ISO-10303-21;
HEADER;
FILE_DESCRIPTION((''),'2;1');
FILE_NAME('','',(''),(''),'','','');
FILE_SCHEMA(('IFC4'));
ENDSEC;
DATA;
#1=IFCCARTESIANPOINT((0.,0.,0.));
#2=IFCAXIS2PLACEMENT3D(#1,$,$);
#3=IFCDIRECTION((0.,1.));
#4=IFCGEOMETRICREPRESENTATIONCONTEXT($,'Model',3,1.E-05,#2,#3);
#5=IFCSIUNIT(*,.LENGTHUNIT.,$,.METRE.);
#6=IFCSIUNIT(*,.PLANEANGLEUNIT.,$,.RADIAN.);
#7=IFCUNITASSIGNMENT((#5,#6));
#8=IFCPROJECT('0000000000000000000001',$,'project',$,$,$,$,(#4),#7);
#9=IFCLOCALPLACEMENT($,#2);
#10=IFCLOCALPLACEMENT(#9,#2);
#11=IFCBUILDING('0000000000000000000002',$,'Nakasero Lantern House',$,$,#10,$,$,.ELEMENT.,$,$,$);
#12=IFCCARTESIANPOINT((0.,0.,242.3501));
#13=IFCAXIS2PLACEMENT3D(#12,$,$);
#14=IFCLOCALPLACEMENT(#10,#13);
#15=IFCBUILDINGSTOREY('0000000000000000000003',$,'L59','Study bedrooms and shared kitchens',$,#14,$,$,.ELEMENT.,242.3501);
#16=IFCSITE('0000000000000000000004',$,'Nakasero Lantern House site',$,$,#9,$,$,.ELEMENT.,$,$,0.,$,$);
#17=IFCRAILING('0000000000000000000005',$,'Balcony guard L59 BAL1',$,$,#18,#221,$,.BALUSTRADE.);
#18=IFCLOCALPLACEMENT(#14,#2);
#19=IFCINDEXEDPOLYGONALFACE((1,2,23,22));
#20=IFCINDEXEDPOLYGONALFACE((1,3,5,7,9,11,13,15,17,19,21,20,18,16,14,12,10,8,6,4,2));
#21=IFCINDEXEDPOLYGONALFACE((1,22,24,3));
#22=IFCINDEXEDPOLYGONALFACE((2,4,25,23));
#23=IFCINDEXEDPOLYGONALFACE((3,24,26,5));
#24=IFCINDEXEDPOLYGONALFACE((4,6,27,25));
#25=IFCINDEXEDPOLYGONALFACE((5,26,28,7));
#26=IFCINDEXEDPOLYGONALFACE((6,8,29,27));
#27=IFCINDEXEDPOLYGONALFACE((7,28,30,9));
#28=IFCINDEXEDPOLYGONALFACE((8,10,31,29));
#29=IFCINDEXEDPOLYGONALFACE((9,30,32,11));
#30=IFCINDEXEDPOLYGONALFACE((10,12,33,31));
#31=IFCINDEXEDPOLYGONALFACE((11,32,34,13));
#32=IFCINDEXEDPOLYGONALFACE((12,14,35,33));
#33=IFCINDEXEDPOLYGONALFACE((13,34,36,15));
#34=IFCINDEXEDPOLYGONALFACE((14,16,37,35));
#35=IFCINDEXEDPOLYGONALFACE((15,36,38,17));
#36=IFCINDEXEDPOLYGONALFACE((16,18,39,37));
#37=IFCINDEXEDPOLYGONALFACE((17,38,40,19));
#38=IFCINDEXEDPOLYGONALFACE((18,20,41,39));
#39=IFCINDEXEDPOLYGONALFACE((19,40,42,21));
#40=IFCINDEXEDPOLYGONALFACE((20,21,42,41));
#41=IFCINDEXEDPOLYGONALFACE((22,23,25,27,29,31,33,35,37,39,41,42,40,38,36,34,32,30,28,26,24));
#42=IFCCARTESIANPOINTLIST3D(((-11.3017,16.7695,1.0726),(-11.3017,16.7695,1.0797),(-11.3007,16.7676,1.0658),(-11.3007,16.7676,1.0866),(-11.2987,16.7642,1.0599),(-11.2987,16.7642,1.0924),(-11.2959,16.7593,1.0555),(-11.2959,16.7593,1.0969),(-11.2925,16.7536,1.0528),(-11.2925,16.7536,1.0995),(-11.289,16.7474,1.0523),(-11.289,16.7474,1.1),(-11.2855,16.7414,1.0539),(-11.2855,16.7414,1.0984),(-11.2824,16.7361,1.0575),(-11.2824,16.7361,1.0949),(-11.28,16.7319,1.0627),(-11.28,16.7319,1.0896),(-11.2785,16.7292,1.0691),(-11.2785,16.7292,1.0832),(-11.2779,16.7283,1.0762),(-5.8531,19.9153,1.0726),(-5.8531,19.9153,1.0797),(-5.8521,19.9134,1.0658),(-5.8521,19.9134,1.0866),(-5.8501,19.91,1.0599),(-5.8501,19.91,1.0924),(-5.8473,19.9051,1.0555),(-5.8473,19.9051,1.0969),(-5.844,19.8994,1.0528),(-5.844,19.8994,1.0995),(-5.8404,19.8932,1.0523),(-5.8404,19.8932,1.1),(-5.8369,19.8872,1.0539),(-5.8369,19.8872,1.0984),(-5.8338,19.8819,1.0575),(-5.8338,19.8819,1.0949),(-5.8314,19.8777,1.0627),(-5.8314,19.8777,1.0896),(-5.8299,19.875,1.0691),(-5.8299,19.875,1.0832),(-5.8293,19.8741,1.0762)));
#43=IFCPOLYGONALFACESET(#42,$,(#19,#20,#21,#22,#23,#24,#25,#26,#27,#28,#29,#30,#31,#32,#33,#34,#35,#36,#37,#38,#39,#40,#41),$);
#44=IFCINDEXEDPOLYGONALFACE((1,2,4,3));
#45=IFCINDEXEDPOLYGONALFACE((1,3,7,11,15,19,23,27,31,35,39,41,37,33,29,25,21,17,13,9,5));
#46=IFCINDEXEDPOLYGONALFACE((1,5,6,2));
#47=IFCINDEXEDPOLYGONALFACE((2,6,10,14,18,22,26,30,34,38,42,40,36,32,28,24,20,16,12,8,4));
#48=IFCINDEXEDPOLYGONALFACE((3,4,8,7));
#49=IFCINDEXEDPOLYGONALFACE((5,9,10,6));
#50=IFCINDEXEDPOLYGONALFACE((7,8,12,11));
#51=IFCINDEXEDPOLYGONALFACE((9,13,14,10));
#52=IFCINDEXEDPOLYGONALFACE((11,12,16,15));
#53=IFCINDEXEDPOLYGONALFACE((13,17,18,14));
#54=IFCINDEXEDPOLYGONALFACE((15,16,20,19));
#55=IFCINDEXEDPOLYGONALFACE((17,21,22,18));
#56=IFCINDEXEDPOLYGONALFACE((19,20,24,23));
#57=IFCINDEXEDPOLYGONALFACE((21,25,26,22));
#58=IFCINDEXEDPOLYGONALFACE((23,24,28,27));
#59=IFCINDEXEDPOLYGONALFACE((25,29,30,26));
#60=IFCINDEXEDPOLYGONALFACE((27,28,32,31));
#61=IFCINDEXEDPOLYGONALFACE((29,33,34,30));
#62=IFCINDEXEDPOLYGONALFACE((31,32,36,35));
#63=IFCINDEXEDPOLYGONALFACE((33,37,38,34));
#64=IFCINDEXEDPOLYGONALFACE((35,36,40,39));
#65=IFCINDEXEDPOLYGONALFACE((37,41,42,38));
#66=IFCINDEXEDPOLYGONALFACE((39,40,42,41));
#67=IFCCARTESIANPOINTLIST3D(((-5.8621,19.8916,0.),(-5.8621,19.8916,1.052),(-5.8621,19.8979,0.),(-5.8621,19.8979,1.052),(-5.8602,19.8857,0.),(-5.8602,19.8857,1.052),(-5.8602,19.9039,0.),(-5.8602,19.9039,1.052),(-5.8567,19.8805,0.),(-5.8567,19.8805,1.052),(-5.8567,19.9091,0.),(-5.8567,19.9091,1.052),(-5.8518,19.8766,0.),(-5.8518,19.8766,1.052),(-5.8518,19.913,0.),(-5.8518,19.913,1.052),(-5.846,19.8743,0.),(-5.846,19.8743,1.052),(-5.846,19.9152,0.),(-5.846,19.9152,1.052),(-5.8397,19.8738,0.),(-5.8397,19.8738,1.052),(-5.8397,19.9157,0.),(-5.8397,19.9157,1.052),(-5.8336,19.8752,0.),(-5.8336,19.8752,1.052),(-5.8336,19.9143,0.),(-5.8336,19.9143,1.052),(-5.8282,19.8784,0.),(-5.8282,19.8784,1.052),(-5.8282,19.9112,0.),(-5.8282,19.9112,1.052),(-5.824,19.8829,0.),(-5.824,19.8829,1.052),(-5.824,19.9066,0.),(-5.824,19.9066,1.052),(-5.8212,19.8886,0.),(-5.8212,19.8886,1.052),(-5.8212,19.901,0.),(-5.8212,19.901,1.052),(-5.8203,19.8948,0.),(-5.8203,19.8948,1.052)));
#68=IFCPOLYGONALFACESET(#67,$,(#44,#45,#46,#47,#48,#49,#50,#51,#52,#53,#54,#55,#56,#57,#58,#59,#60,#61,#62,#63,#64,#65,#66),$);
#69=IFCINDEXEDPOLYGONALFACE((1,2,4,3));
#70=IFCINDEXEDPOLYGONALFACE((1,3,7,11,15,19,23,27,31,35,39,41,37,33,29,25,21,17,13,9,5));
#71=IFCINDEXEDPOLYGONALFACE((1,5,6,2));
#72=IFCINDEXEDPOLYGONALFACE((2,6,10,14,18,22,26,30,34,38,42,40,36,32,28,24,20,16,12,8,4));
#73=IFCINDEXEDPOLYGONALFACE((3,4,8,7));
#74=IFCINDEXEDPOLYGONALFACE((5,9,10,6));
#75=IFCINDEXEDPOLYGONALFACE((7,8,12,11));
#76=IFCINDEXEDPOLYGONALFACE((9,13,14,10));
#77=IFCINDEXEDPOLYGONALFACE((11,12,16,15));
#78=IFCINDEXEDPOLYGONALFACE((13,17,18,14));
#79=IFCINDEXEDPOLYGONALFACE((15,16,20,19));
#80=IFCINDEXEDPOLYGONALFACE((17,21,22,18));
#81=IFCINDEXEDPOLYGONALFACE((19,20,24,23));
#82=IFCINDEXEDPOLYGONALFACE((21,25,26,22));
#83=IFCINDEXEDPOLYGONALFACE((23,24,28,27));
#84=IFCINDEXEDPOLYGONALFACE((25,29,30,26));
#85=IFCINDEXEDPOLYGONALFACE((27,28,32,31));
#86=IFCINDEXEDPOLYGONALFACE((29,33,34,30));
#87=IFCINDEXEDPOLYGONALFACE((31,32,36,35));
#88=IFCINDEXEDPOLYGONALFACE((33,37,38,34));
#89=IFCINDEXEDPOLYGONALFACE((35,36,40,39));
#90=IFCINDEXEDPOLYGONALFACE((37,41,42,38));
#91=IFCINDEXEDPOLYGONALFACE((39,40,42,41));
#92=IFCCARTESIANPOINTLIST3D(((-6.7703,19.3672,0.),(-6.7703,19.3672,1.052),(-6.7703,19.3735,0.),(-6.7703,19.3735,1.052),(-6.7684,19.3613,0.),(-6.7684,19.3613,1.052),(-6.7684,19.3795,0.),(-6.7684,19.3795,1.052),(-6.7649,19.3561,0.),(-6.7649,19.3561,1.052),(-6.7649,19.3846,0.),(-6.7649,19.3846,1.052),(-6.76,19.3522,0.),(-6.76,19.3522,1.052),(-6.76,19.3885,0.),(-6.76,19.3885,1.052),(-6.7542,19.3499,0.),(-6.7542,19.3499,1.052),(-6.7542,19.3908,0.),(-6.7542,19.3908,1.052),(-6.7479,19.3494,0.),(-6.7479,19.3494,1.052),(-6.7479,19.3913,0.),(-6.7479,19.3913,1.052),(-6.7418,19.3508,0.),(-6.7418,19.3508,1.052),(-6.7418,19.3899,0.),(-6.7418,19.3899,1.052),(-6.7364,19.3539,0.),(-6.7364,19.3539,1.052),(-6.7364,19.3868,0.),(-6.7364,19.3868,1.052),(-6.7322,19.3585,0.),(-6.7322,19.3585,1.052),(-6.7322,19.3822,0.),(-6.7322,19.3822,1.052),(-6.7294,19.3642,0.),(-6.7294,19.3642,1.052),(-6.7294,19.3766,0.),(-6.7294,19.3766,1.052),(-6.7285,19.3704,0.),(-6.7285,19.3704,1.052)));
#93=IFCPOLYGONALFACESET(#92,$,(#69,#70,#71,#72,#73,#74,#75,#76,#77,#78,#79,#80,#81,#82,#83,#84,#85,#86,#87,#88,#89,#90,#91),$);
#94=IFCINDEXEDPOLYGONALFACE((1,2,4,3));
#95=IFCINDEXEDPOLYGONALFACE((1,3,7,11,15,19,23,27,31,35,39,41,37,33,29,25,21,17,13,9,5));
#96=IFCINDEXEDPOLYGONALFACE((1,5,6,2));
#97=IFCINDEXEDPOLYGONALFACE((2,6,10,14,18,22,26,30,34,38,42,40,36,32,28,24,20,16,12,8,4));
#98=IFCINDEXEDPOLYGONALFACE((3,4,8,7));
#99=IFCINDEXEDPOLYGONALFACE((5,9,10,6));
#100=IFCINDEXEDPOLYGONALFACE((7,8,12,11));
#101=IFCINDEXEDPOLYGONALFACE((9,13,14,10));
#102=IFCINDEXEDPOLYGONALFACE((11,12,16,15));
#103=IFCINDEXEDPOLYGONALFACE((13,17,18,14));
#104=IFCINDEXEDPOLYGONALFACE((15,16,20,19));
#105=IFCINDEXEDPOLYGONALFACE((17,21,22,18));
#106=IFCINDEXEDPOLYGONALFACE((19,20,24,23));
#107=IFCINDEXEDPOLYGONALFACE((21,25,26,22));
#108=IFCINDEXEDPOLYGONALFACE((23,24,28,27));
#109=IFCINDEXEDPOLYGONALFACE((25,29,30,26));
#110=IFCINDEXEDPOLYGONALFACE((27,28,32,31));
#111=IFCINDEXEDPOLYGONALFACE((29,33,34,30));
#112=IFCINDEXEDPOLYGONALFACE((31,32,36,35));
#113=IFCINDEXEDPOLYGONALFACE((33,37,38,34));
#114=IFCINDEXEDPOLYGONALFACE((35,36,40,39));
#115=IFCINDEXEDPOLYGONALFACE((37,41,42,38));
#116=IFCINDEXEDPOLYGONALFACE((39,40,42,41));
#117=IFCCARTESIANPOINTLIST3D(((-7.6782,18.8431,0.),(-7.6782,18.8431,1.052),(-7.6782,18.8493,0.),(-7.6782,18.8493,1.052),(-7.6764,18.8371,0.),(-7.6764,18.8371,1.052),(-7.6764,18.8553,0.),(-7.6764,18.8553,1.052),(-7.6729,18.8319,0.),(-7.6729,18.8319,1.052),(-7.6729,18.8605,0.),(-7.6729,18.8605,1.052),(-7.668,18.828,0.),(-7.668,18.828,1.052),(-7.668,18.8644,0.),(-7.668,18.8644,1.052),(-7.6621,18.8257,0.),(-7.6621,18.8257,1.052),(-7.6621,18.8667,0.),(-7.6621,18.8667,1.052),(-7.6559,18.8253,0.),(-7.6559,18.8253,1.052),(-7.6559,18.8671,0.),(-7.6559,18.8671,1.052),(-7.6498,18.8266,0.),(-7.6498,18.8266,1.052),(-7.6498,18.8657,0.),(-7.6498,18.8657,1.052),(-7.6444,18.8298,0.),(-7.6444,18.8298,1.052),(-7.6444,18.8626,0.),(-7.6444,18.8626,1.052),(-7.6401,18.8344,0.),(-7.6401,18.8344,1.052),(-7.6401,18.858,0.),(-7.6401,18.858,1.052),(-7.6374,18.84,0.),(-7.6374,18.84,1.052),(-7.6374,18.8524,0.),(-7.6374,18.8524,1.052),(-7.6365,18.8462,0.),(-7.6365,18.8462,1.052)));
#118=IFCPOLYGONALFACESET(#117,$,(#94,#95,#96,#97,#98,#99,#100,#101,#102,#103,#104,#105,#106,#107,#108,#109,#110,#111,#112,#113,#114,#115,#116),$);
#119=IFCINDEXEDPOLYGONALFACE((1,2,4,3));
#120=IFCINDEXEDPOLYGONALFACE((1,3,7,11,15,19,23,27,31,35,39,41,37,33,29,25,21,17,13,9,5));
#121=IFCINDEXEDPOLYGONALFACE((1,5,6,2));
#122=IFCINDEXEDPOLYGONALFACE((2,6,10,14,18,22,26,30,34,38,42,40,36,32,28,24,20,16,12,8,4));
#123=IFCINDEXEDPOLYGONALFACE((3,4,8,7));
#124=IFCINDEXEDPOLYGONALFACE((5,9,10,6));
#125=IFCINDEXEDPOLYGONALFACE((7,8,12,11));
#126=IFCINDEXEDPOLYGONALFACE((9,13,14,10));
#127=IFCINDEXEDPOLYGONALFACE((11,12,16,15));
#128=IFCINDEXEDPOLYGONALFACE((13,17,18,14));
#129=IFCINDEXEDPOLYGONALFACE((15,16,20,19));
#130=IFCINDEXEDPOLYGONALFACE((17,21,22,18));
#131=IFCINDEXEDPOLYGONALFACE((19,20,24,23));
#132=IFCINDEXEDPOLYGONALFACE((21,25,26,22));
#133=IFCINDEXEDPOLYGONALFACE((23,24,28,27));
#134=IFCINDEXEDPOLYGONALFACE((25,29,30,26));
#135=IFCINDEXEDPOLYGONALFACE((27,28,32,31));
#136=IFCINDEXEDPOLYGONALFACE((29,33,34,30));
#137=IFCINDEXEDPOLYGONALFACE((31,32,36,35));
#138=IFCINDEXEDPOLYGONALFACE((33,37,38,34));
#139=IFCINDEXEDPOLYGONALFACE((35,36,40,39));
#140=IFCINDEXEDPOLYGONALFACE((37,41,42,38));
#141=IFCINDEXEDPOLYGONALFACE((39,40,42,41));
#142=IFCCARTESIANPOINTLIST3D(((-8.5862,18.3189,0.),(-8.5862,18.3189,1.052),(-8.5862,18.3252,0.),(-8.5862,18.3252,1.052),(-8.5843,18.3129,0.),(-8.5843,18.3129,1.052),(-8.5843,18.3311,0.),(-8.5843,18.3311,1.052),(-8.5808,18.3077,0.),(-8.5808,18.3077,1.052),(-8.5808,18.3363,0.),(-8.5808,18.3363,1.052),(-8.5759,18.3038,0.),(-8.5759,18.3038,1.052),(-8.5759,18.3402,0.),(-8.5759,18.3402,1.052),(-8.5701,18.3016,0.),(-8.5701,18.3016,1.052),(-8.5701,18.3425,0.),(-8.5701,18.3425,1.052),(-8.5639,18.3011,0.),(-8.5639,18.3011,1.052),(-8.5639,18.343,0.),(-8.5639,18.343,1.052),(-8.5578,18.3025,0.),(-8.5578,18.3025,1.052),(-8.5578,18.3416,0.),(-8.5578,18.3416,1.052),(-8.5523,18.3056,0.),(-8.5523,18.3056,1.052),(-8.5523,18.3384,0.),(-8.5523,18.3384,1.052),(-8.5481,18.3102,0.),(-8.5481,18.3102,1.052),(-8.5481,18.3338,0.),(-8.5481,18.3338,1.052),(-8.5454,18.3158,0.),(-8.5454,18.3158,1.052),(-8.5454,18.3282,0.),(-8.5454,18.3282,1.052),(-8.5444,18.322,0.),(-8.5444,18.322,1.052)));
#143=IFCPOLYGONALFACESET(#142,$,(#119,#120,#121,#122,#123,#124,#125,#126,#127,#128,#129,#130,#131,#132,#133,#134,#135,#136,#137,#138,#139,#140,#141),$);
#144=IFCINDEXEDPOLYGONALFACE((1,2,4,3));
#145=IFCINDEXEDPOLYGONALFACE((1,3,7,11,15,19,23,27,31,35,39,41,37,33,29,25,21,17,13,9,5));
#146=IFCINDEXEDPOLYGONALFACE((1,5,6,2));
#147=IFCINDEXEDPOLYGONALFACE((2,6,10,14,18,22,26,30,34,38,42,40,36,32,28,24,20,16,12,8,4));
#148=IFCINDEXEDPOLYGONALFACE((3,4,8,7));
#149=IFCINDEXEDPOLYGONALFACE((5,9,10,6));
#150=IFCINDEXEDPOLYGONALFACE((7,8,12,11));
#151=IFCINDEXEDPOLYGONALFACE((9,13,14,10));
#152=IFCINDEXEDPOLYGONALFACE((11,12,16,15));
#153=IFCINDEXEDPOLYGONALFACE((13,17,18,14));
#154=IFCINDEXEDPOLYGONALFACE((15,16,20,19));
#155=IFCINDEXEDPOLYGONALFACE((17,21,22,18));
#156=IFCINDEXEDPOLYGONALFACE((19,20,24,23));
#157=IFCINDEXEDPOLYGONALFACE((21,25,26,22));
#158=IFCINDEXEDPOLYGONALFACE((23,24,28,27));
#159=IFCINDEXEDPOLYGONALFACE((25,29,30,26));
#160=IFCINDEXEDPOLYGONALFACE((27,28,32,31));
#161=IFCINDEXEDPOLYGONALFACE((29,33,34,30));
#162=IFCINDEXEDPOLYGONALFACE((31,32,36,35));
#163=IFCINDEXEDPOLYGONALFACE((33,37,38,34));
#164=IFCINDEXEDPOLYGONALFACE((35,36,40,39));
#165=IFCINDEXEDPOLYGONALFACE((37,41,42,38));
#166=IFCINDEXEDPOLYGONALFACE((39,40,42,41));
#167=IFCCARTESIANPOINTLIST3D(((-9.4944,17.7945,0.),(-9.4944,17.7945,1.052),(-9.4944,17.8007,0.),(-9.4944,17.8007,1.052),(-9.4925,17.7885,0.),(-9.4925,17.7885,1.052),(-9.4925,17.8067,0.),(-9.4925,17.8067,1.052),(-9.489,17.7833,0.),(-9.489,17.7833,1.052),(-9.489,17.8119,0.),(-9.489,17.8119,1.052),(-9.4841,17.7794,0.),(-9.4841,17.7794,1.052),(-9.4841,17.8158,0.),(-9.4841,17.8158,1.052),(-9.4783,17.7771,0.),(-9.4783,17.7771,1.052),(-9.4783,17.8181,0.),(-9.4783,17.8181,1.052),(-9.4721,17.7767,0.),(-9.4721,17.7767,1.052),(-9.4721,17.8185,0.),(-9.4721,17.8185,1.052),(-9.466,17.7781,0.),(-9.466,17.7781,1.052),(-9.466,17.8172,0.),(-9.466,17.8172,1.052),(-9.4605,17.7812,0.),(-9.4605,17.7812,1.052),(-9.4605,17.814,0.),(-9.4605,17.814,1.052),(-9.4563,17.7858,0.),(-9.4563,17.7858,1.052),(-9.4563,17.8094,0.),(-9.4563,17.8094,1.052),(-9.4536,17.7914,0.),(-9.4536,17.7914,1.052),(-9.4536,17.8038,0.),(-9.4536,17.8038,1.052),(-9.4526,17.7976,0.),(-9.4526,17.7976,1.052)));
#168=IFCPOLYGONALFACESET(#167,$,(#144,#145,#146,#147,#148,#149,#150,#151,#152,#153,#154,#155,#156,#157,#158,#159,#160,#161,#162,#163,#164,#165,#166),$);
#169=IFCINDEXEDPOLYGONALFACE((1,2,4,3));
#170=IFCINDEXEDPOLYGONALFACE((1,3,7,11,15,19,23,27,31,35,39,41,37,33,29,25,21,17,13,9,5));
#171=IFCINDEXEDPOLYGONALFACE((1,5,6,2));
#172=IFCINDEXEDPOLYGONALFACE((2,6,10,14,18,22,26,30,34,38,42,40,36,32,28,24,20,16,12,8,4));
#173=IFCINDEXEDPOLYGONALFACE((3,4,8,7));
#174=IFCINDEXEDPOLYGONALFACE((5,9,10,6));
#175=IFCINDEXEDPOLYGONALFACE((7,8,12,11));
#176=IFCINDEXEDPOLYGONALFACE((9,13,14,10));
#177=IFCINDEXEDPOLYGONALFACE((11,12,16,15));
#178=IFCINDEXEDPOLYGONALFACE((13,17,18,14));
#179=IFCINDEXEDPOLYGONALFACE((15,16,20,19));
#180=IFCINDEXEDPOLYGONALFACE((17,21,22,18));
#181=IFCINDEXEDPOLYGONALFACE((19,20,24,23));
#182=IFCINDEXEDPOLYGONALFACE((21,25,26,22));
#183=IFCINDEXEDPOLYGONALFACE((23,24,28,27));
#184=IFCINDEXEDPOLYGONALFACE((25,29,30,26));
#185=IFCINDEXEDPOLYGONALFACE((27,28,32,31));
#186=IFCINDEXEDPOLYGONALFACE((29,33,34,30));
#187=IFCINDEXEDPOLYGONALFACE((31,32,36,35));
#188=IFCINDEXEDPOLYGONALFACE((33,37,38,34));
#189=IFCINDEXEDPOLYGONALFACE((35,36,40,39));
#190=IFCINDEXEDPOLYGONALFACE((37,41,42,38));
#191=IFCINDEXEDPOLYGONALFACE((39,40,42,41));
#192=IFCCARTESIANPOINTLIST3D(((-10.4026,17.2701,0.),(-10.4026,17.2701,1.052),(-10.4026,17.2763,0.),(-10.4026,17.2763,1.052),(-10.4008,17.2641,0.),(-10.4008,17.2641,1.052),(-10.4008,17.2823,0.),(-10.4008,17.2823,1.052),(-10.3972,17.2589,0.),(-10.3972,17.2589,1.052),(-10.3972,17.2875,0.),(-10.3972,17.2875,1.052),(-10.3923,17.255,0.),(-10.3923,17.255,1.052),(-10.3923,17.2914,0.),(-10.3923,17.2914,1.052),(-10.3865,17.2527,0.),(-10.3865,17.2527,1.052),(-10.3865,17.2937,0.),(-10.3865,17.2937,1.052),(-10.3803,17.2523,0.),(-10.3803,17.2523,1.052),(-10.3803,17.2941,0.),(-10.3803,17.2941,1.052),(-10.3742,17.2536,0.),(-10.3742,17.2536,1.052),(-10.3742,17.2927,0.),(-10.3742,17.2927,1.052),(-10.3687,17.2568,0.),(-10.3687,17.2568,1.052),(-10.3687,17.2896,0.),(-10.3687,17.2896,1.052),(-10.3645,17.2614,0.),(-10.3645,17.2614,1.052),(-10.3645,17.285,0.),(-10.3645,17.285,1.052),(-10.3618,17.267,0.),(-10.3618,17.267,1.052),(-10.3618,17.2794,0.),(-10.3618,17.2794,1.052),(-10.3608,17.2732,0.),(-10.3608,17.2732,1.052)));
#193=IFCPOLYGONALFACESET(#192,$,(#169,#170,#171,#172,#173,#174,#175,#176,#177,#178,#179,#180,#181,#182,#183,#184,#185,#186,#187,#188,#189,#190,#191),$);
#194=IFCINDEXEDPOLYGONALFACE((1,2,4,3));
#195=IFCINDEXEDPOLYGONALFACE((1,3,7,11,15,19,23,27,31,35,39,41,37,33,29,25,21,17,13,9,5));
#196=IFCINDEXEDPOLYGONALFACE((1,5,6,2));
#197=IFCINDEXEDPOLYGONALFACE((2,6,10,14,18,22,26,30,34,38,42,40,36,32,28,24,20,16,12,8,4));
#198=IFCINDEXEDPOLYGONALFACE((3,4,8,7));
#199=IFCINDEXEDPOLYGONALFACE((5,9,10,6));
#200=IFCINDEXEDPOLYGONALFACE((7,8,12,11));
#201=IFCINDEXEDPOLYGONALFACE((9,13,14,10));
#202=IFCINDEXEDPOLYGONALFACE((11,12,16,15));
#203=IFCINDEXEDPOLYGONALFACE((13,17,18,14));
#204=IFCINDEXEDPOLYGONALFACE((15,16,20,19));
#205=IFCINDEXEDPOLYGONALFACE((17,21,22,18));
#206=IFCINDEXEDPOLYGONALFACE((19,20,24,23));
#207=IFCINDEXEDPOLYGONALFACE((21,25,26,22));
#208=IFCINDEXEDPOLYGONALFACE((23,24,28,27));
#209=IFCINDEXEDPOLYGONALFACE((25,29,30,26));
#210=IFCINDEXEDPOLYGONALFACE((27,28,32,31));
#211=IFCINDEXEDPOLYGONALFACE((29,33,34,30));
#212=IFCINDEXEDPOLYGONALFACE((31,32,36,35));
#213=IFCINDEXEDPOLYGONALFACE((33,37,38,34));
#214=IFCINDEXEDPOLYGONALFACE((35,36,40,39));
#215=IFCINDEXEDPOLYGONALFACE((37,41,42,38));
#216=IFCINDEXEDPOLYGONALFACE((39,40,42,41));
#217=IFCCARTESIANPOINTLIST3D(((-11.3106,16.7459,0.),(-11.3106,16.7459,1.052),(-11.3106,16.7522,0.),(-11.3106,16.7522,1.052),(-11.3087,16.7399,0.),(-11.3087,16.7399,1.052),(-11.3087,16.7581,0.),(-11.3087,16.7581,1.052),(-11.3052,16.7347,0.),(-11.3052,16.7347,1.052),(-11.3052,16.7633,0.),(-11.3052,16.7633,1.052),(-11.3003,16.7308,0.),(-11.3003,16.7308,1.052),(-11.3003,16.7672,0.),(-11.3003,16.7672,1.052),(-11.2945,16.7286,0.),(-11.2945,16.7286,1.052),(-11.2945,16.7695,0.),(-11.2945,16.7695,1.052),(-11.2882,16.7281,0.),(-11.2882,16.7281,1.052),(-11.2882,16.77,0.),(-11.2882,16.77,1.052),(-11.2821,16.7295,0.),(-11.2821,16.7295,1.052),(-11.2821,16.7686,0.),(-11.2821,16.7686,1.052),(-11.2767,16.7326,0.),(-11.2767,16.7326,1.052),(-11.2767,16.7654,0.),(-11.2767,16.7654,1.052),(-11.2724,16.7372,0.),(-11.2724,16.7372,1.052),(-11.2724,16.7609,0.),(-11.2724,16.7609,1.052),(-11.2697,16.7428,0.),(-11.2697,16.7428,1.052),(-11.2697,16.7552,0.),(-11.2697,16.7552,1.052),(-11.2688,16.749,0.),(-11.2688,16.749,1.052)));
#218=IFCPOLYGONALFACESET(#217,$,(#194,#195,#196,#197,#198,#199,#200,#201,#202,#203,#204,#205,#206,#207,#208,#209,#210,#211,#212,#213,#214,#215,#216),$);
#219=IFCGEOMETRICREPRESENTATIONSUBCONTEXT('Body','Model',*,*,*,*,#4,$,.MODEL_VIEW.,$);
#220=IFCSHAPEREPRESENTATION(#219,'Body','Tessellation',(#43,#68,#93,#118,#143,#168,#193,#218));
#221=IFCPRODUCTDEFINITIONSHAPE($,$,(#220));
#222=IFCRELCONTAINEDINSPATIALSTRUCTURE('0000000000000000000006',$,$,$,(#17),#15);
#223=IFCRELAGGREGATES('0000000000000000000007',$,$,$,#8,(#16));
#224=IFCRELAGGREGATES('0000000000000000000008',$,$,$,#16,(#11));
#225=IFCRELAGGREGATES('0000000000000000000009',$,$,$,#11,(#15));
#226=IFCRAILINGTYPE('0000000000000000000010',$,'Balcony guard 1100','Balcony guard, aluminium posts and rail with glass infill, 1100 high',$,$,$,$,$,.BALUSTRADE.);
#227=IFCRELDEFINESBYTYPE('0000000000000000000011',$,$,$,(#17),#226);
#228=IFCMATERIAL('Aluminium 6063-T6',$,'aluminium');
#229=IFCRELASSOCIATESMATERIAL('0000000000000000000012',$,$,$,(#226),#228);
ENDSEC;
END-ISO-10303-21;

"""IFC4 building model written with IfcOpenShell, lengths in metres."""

from ifc_helpers import new_model, si_unit, direction, frame, origin, origin_2d, place, context, subcontext, project, spatial, circle, extrude, material, type_object, element, save


model = new_model("IFC4")

# Units and contexts
model_context = context("Model", 3, precision=1e-05, world=origin(), true_north=direction((0.0, 1.0)))
body_context = subcontext(model_context, "Body", "Model", "MODEL_VIEW")
ifc_project = project(units=[si_unit("LENGTHUNIT", "METRE"), si_unit("PLANEANGLEUNIT", "RADIAN")], contexts=[model_context])

# Site, building, storey
site_placement = place(None, origin())
site = spatial("IfcSite", under=ifc_project, at=site_placement, Name="Nakasero Lantern House site", CompositionType="ELEMENT", RefElevation=0.0)
building_placement = place(site_placement, origin())
building = spatial("IfcBuilding", under=site, at=building_placement, Name="Nakasero Lantern House", CompositionType="ELEMENT")
storey_placement = place(building_placement, frame((0.0, 0.0, 242.3501)))
storey = spatial("IfcBuildingStorey", under=building, at=storey_placement, Name="L59", Description="Study bedrooms and shared kitchens", CompositionType="ELEMENT", Elevation=242.3501)

# Railing
ifc_material_1 = material(Name="Aluminium 6063-T6", Category="aluminium")
railing_type = type_object("IfcRailingType", Name="Balcony guard 1100", Description="Balcony guard, aluminium posts and rail with glass infill, 1100 high", PredefinedType="BALUSTRADE", material=ifc_material_1)
railing_placement = place(storey_placement, frame((-5.8413, 19.8948, 0.0)))
element("IfcRailing", 1, at=railing_placement, inside=storey, type_object=railing_type, Name="Balcony guard L59 BAL1", PredefinedType="BALUSTRADE", context=body_context, shape_type="SweptSolid", body=[
    extrude(circle(Radius=0.0239, at=origin_2d()), frame((0.0, 0.0, 1.0762), z_axis=(-0.866021, -0.500008, 0.0), x_axis=(0.500008, -0.866021, 0.0)), (0.0, 0.0, 1.0), 6.2915),
    extrude(circle(Radius=0.021, at=origin_2d()), origin(), (0.0, 0.0, 1.0), 1.052),
    extrude(circle(Radius=0.021, at=origin_2d()), frame((-0.9082, -0.5244, 0.0)), (0.0, 0.0, 1.0), 1.052),
    extrude(circle(Radius=0.021, at=origin_2d()), frame((-1.8162, -1.0486, 0.0)), (0.0, 0.0, 1.0), 1.052),
    extrude(circle(Radius=0.021, at=origin_2d()), frame((-2.7241, -1.5728, 0.0)), (0.0, 0.0, 1.0), 1.052),
    extrude(circle(Radius=0.021, at=origin_2d()), frame((-3.6323, -2.0972, 0.0)), (0.0, 0.0, 1.0), 1.052),
    extrude(circle(Radius=0.021, at=origin_2d()), frame((-4.5405, -2.6216, 0.0)), (0.0, 0.0, 1.0), 1.052),
    extrude(circle(Radius=0.021, at=origin_2d()), frame((-5.4485, -3.1458, 0.0)), (0.0, 0.0, 1.0), 1.052),
])

save(model, "model.ifc")
